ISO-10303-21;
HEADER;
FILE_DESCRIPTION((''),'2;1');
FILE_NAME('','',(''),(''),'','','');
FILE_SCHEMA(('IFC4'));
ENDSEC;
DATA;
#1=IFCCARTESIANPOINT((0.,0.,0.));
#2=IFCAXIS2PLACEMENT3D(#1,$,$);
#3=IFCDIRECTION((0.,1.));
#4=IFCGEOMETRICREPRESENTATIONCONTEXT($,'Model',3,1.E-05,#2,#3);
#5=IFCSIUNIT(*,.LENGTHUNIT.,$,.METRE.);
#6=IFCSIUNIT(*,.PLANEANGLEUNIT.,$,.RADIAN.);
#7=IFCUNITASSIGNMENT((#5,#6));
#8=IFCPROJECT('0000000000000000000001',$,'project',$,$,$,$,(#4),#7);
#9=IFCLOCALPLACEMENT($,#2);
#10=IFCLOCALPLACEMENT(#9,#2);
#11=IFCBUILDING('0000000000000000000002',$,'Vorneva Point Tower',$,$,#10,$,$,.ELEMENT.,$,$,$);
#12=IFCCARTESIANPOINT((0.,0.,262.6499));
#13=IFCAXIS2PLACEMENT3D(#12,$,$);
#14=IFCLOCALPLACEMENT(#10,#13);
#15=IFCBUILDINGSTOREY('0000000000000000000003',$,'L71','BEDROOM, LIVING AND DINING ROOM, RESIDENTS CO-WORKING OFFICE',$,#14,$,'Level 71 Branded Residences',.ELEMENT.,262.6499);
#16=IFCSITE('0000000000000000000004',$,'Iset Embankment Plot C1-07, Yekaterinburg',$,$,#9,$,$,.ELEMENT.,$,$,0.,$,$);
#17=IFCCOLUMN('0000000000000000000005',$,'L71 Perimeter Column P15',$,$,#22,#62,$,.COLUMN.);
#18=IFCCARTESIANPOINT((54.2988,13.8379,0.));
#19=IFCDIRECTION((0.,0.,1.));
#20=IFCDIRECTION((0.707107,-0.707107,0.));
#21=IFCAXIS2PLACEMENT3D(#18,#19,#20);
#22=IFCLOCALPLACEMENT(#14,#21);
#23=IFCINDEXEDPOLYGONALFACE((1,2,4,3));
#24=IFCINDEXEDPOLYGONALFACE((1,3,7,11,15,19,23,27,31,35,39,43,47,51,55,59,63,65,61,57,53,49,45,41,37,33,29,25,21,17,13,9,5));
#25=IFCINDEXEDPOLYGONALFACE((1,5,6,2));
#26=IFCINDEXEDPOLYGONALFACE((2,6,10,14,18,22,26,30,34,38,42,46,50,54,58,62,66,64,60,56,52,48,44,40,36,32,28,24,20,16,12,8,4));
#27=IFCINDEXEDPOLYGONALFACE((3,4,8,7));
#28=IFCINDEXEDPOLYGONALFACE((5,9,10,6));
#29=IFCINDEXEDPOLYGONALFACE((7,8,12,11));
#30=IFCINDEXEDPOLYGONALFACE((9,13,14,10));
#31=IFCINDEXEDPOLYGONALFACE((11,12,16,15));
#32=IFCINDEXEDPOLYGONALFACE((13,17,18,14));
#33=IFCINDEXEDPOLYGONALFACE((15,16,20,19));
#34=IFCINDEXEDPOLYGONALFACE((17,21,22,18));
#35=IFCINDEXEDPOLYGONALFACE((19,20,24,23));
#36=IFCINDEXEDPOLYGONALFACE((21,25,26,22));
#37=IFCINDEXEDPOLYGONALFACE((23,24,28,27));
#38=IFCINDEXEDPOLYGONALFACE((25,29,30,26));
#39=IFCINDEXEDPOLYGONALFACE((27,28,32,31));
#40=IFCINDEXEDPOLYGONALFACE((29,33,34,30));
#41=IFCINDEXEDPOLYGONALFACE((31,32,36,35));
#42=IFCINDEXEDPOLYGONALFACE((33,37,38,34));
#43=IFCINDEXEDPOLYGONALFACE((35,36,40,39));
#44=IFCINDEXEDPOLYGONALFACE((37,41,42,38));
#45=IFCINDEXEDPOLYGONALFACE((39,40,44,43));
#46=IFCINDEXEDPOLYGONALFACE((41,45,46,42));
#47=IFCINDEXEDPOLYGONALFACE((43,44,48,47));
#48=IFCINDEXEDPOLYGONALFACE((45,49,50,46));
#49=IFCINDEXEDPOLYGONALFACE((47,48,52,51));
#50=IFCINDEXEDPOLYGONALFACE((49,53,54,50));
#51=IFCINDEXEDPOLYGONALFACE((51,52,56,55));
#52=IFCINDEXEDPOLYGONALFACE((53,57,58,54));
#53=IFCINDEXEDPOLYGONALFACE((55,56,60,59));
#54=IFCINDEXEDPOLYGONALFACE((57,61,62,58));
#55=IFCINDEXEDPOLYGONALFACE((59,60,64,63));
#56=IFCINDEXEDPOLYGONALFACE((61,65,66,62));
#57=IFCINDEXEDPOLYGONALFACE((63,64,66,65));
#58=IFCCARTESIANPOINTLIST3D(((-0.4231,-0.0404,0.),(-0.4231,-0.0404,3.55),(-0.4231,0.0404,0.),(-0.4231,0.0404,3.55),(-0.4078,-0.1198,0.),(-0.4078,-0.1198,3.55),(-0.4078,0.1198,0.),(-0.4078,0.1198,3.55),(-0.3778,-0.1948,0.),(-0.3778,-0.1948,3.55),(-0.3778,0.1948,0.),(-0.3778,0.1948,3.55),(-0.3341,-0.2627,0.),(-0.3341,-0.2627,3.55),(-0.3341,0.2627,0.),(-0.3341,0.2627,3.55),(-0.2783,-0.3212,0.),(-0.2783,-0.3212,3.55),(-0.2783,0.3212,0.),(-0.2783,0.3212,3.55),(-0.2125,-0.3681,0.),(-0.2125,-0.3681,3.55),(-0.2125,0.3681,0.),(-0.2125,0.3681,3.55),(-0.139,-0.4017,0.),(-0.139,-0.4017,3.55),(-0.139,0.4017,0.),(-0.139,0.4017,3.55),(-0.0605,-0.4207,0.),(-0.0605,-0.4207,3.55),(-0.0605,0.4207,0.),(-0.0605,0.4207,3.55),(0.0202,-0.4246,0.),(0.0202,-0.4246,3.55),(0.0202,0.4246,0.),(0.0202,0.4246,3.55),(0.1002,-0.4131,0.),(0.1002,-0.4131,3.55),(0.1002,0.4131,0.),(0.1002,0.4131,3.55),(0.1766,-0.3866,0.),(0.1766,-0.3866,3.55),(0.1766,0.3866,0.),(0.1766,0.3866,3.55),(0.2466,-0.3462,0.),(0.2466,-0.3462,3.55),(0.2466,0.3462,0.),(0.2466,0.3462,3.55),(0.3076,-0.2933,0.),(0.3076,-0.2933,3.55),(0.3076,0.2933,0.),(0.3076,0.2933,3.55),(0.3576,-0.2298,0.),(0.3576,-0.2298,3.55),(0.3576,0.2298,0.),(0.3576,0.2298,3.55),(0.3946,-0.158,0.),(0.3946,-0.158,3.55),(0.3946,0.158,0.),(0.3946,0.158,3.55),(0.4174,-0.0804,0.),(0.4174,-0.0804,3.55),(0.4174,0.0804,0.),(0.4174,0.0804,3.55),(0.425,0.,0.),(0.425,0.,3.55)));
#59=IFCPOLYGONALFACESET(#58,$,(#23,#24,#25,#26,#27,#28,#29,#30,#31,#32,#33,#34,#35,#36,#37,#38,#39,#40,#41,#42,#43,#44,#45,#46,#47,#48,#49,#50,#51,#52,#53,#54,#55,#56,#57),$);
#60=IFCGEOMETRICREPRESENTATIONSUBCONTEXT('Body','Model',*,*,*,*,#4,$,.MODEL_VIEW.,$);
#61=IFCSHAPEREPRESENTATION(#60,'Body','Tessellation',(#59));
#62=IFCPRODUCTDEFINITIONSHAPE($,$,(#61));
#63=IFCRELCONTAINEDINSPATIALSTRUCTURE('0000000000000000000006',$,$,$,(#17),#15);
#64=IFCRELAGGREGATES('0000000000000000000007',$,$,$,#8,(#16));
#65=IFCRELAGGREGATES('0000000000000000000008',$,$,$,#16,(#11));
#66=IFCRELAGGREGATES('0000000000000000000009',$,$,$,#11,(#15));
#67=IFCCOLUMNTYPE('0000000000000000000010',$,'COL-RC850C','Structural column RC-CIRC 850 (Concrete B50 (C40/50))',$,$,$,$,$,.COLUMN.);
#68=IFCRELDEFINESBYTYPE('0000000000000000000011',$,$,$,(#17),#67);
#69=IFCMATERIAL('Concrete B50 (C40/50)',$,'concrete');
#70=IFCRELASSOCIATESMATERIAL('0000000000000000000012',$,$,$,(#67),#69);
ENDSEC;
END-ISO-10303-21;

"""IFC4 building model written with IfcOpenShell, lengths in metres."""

from ifc_helpers import new_model, si_unit, direction, frame, origin, origin_2d, place, context, subcontext, project, spatial, circle, extrude, material, material_profile, profile_set, type_object, element, save


model = new_model("IFC4")

# Units and contexts
model_context = context("Model", 3, precision=1e-05, world=origin(), true_north=direction((0.0, 1.0)))
body_context = subcontext(model_context, "Body", "Model", "MODEL_VIEW")
ifc_project = project(units=[si_unit("LENGTHUNIT", "METRE"), si_unit("PLANEANGLEUNIT", "RADIAN")], contexts=[model_context])

# Site, building, storey
site_placement = place(None, origin())
site = spatial("IfcSite", under=ifc_project, at=site_placement, Name="Iset Embankment Plot C1-07, Yekaterinburg", CompositionType="ELEMENT", RefElevation=0.0)
building_placement = place(site_placement, origin())
building = spatial("IfcBuilding", under=site, at=building_placement, Name="Vorneva Point Tower", CompositionType="ELEMENT")
storey_placement = place(building_placement, frame((0.0, 0.0, 262.6499)))
storey = spatial("IfcBuildingStorey", under=building, at=storey_placement, Name="L71", Description="BEDROOM, LIVING AND DINING ROOM, RESIDENTS CO-WORKING OFFICE", LongName="Level 71 Branded Residences", CompositionType="ELEMENT", Elevation=262.6499)

# Column
ifc_material_1 = material(Name="Concrete B50 (C40/50)", Category="concrete")
ifc_material_profile_1 = material_profile(ifc_material_1, circle(Radius=0.425, at=origin_2d()), Name="RC-CIRC 850")
ifc_profile_set_1 = profile_set([ifc_material_profile_1], Name="Concrete B50 (C40/50)")
column_type = type_object("IfcColumnType", Name="COL-RC850C", Description="Structural column RC-CIRC 850 (Concrete B50 (C40/50))", PredefinedType="COLUMN", material=ifc_profile_set_1)
for number, where, z_axis, x_axis, name in (
    (1, (54.2988, 13.8379, 0.0), (0.0, 0.0, 1.0), (0.707107, -0.707107, 0.0), "L71 Perimeter Column P15"),
):
    element("IfcColumn", number, at=place(storey_placement, frame(where, z_axis=z_axis, x_axis=x_axis)), inside=storey, type_object=column_type, Name=name, PredefinedType="COLUMN", context=body_context, shape_type="SweptSolid", body=[
        extrude(circle(Radius=0.425, at=origin_2d()), origin(), (0.0, 0.0, 1.0), 3.55),
    ])

save(model, "model.ifc")
